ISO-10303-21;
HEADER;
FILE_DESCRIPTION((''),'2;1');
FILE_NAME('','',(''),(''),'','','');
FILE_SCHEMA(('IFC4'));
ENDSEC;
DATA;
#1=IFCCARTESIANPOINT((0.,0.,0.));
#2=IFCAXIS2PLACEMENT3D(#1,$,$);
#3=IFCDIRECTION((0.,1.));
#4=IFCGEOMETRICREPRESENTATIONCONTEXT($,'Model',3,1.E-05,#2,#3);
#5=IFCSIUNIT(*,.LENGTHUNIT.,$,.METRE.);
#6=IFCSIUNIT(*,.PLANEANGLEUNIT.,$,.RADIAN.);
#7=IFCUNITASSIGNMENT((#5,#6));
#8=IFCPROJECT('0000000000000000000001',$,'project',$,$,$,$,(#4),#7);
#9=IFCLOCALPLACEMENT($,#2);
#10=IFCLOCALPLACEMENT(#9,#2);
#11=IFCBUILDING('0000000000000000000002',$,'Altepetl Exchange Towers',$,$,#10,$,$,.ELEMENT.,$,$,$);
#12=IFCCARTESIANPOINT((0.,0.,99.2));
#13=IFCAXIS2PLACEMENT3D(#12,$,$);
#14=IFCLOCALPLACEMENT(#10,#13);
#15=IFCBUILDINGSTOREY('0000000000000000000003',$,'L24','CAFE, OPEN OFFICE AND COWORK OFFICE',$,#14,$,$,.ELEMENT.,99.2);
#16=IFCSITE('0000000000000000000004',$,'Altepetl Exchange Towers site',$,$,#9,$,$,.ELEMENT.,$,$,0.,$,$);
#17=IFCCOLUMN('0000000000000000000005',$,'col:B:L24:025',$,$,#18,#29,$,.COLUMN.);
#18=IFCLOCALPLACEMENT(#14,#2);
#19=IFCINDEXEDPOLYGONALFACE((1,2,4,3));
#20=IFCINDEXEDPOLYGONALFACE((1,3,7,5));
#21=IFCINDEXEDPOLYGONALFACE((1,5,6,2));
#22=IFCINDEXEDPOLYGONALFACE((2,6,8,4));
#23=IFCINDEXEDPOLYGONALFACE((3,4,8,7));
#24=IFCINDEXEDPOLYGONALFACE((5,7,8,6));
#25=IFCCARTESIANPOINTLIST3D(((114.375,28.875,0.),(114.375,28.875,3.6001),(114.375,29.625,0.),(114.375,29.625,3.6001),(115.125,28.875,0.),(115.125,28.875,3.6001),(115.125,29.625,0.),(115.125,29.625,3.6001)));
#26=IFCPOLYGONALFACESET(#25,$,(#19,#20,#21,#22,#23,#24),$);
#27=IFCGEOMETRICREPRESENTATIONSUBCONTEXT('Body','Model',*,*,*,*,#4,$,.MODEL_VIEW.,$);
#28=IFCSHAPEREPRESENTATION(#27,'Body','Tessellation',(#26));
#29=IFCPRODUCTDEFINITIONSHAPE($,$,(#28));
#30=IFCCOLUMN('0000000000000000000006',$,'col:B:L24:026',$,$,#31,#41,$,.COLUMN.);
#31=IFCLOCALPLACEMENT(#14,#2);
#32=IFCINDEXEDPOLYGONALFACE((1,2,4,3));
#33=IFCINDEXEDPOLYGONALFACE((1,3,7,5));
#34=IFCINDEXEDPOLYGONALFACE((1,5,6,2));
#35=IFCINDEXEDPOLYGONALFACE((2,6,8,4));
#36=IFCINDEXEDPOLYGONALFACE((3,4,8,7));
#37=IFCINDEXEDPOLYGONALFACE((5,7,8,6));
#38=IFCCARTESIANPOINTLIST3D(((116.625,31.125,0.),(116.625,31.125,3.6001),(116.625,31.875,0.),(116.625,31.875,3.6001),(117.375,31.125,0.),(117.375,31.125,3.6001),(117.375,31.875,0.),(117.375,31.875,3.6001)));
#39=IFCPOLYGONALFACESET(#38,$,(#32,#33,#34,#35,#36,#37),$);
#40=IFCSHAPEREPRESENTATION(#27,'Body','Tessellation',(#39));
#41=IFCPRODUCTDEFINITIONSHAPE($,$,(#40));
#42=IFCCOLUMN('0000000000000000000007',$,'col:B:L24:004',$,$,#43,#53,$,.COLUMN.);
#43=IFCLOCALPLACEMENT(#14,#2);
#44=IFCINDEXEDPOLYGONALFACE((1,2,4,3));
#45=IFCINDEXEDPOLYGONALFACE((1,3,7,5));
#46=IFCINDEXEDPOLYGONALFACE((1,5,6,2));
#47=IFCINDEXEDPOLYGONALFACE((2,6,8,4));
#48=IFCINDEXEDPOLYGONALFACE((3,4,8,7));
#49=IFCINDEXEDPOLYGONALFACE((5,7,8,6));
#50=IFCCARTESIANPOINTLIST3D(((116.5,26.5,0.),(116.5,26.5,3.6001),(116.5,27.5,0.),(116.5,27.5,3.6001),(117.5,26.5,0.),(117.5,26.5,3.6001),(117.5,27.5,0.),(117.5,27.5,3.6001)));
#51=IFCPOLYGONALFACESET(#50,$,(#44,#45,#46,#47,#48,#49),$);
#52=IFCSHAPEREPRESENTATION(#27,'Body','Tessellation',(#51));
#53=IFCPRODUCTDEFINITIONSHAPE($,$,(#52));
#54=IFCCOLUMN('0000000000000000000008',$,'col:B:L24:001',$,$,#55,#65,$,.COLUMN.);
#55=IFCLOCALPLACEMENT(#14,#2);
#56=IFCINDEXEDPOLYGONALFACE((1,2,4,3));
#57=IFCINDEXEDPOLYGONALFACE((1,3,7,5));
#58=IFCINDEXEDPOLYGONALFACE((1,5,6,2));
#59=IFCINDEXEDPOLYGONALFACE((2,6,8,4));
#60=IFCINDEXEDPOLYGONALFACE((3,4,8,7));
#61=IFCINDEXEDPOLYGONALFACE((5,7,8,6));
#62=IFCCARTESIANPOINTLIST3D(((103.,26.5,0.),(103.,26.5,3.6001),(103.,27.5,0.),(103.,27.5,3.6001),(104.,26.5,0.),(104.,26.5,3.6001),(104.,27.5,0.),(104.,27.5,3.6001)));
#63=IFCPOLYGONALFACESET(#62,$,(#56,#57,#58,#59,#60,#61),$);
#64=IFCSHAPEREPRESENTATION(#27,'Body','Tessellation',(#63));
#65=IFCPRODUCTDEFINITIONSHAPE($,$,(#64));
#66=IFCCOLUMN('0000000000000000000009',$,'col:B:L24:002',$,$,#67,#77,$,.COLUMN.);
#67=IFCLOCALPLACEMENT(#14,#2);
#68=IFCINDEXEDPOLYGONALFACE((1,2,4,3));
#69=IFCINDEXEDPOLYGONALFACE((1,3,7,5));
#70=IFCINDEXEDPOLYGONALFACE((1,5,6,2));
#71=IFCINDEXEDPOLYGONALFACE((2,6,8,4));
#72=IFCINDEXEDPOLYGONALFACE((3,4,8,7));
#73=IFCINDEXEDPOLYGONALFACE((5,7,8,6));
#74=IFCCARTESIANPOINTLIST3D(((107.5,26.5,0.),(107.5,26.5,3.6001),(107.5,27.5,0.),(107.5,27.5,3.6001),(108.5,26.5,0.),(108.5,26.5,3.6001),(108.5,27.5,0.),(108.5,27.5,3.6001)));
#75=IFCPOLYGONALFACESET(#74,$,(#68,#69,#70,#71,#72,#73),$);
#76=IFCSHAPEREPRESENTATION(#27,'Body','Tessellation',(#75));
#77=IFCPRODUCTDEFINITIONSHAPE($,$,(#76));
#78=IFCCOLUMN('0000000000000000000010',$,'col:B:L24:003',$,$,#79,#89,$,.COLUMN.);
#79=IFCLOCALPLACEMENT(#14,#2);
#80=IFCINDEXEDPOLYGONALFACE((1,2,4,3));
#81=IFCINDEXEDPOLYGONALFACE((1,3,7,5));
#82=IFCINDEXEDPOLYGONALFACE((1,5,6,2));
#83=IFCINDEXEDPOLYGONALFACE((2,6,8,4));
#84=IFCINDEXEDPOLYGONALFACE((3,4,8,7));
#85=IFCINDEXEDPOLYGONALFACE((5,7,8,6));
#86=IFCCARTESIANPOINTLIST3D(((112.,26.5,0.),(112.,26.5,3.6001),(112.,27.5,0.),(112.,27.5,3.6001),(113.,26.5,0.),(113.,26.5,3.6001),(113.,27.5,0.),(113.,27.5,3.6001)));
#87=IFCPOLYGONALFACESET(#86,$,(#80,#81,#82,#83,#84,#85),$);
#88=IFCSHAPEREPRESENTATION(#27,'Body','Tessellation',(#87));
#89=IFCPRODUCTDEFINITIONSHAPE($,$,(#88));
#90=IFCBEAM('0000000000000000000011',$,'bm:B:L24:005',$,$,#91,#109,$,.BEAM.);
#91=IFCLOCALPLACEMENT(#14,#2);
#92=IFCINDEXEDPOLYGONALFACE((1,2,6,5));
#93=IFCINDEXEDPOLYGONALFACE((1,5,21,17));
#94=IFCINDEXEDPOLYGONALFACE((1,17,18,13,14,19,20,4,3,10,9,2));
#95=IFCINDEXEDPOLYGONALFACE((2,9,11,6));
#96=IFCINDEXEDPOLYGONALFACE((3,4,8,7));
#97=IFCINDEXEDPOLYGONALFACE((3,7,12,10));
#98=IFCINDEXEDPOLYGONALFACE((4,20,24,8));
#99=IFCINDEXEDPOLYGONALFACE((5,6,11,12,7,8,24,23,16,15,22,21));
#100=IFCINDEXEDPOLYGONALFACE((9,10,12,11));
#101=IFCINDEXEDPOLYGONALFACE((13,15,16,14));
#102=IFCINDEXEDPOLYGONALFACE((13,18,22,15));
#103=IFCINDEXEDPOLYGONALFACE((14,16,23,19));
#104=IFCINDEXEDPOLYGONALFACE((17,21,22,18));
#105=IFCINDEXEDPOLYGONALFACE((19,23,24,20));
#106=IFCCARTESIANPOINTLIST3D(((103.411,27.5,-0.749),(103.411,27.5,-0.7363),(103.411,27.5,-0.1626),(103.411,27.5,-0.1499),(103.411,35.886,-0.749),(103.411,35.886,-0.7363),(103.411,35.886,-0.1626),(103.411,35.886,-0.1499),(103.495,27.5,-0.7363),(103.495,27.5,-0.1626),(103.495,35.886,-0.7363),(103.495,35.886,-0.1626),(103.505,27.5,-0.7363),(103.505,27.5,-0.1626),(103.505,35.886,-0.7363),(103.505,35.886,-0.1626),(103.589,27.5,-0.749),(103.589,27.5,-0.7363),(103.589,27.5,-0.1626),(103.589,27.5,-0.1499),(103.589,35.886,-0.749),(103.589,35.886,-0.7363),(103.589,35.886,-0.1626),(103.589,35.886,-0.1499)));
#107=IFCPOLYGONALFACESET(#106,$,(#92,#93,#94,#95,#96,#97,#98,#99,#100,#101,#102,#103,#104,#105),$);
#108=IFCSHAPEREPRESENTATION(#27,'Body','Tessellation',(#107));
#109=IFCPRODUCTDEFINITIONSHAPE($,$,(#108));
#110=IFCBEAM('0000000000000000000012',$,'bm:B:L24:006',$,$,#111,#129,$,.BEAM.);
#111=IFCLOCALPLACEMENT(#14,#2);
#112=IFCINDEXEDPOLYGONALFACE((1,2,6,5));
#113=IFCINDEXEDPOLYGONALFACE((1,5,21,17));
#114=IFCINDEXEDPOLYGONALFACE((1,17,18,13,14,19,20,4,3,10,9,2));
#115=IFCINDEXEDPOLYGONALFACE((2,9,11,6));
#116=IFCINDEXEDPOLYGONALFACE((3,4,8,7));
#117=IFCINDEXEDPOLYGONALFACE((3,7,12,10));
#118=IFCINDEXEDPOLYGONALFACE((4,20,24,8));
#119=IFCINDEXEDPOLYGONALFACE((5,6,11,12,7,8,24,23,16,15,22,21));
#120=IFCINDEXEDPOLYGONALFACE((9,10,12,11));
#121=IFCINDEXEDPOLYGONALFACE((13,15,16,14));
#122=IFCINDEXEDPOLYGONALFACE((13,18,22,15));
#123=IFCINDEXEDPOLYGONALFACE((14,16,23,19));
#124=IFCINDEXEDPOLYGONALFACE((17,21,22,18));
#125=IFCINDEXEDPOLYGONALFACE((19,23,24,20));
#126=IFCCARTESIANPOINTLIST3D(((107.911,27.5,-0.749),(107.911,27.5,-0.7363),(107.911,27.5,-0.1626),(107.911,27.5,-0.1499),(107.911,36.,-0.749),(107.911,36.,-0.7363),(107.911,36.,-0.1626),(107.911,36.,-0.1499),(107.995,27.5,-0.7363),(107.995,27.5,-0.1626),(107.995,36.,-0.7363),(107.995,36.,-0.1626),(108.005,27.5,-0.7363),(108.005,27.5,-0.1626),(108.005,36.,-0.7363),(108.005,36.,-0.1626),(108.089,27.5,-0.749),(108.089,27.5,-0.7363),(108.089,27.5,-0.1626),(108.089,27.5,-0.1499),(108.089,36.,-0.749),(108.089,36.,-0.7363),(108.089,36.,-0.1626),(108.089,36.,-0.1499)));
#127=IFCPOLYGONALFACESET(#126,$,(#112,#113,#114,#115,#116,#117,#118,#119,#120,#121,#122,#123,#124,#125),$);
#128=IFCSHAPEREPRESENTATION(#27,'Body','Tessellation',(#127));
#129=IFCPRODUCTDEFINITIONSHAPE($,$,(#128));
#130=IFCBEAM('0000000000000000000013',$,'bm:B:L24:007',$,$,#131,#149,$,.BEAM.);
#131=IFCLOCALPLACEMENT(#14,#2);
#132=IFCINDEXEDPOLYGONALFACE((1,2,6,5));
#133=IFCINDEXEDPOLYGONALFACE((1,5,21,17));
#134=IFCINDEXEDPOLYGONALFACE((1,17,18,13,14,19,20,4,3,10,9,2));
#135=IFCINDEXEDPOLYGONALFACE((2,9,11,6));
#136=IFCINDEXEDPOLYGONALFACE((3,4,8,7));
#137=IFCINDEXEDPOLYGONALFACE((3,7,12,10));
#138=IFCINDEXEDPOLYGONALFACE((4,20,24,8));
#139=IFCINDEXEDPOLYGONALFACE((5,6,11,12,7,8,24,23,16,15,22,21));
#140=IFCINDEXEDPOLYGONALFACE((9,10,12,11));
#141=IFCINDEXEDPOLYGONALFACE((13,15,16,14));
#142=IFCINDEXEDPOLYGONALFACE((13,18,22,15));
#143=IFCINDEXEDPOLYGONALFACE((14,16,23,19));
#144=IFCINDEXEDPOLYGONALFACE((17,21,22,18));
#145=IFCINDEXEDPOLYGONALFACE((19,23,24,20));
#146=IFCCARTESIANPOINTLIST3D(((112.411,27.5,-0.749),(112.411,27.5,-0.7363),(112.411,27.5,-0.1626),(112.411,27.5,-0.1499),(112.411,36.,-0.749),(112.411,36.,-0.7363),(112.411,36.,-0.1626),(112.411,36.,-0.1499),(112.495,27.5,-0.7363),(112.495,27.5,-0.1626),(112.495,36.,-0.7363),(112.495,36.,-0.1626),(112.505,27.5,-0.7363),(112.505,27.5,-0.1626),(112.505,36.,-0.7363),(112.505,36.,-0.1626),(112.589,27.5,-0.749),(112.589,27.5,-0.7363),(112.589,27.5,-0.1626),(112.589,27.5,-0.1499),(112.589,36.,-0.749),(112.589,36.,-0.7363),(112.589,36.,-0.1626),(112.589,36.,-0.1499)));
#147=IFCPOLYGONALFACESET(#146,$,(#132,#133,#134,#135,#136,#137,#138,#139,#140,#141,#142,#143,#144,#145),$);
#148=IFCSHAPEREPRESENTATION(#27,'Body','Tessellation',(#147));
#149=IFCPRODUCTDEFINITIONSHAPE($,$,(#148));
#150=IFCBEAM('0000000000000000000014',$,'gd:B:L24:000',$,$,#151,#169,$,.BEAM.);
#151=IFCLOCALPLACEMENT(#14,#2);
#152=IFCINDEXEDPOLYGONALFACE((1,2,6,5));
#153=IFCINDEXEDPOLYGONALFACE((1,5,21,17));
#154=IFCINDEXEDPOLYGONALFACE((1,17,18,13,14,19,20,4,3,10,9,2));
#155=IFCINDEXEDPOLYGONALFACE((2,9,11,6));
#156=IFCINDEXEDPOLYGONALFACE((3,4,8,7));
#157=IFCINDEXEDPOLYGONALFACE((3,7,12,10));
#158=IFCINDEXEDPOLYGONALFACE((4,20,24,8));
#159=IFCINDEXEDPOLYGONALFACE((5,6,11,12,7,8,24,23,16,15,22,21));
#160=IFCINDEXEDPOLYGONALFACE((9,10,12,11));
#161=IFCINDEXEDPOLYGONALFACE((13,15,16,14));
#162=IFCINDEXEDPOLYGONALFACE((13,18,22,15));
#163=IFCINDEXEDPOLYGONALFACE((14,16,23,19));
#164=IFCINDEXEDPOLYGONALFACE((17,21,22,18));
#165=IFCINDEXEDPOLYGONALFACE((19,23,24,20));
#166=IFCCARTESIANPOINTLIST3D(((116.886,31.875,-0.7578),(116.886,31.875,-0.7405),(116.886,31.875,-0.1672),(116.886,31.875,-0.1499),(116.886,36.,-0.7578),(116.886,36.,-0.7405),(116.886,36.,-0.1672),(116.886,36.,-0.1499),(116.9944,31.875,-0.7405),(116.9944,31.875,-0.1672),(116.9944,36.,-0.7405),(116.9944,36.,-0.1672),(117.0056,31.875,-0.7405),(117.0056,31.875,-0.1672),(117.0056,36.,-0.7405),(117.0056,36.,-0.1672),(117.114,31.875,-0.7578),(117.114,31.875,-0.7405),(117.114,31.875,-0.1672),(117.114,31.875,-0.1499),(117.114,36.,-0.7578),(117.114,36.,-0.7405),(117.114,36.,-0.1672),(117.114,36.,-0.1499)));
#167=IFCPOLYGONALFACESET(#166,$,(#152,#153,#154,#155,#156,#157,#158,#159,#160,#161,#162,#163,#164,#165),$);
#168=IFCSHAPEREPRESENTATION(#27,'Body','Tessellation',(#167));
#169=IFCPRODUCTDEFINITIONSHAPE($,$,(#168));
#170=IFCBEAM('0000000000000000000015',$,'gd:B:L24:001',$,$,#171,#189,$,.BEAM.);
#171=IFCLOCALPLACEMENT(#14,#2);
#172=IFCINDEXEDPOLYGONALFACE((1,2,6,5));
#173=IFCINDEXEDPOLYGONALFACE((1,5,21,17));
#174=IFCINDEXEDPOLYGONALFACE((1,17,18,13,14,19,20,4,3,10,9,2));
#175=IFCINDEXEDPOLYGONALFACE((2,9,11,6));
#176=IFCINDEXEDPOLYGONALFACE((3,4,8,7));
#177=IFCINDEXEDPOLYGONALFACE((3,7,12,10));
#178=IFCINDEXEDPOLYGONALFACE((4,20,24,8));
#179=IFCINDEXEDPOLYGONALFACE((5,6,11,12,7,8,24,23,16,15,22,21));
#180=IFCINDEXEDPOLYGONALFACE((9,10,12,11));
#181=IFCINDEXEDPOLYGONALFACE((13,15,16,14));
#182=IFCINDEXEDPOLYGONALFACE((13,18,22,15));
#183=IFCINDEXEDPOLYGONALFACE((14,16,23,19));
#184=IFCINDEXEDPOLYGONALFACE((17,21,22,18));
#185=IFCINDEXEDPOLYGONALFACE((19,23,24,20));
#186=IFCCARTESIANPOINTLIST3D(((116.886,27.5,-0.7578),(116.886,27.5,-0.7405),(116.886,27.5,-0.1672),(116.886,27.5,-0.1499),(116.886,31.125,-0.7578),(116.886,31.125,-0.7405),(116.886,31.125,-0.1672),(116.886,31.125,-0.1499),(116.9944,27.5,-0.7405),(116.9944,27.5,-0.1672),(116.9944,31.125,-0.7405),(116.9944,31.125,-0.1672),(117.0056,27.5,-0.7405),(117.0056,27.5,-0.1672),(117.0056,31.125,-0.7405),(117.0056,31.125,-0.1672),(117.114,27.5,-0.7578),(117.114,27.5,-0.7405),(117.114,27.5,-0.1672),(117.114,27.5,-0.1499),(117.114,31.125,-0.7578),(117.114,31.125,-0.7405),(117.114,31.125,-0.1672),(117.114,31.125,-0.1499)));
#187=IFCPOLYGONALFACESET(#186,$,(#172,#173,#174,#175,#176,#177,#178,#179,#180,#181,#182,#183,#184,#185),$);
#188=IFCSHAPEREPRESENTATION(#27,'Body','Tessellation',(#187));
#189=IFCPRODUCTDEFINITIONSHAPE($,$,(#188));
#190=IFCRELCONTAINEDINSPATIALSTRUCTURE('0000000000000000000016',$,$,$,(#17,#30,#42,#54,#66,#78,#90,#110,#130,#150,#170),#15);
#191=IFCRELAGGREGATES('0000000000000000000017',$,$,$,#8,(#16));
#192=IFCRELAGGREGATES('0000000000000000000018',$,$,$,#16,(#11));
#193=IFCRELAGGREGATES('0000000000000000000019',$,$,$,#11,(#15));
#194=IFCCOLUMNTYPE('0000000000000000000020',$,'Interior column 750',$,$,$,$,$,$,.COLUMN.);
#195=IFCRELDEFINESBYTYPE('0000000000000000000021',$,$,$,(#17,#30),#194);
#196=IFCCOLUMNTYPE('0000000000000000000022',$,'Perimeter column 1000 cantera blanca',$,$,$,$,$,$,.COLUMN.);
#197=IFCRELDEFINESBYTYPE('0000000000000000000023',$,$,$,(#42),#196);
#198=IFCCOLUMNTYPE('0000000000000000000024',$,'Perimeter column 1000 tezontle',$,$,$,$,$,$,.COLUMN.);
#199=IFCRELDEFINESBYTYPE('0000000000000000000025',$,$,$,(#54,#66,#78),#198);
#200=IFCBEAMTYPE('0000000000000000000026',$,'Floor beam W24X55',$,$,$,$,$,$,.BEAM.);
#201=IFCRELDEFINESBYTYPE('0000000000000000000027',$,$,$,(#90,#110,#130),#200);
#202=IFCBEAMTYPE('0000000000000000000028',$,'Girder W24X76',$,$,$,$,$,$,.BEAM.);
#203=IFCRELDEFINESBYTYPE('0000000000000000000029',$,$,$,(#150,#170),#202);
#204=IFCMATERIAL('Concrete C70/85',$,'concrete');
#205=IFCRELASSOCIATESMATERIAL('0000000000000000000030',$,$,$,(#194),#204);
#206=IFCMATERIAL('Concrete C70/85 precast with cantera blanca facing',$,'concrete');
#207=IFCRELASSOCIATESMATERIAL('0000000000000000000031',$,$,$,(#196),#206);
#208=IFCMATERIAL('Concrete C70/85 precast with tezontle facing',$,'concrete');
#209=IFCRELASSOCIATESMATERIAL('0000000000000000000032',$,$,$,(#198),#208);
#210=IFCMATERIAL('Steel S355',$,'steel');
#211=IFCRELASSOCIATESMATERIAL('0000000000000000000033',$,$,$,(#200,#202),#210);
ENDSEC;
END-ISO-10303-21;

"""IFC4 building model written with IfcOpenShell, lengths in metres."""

from ifc_helpers import new_model, si_unit, direction, frame, origin, origin_2d, place, context, subcontext, project, spatial, rectangle, i_section, extrude, material, material_profile, profile_set, type_object, element, save


model = new_model("IFC4")

# Units and contexts
model_context = context("Model", 3, precision=1e-05, world=origin(), true_north=direction((0.0, 1.0)))
body_context = subcontext(model_context, "Body", "Model", "MODEL_VIEW")
ifc_project = project(units=[si_unit("LENGTHUNIT", "METRE"), si_unit("PLANEANGLEUNIT", "RADIAN")], contexts=[model_context])

# Site, building, storey
site_placement = place(None, origin())
site = spatial("IfcSite", under=ifc_project, at=site_placement, Name="Altepetl Exchange Towers site", CompositionType="ELEMENT", RefElevation=0.0)
building_placement = place(site_placement, origin())
building = spatial("IfcBuilding", under=site, at=building_placement, Name="Altepetl Exchange Towers", CompositionType="ELEMENT")
storey_placement = place(building_placement, frame((0.0, 0.0, 99.2)))
storey = spatial("IfcBuildingStorey", under=building, at=storey_placement, Name="L24", Description="CAFE, OPEN OFFICE AND COWORK OFFICE", CompositionType="ELEMENT", Elevation=99.2)

# Columns
ifc_material_1 = material(Name="Concrete C70/85", Category="concrete")
ifc_material_profile_1 = material_profile(ifc_material_1, rectangle(XDim=0.75, YDim=0.75, at=origin_2d()), Name="750 x 750")
ifc_profile_set_1 = profile_set([ifc_material_profile_1], Name="Concrete C70/85")
column_type_1 = type_object("IfcColumnType", Name="Interior column 750", PredefinedType="COLUMN", material=ifc_profile_set_1)
for number, where, name in (
    (1, (114.75, 29.25, 0.0), "col:B:L24:025"),
    (2, (117.0, 31.5, 0.0), "col:B:L24:026"),
):
    element("IfcColumn", number, at=place(storey_placement, frame(where)), inside=storey, type_object=column_type_1, Name=name, PredefinedType="COLUMN", context=body_context, shape_type="SweptSolid", body=[
        extrude(rectangle(XDim=0.75, YDim=0.75, at=origin_2d()), origin(), (0.0, 0.0, 1.0), 3.6001),
    ])
ifc_material_2 = material(Name="Concrete C70/85 precast with cantera blanca facing", Category="concrete")
ifc_material_profile_2 = material_profile(ifc_material_2, rectangle(XDim=1.0, YDim=1.0, at=origin_2d()), Name="1000 x 1000")
ifc_profile_set_2 = profile_set([ifc_material_profile_2], Name="Concrete C70/85 precast with cantera blanca facing")
column_type_2 = type_object("IfcColumnType", Name="Perimeter column 1000 cantera blanca", PredefinedType="COLUMN", material=ifc_profile_set_2)
column_placement = place(storey_placement, frame((117.0, 27.0, 0.0)))
element("IfcColumn", 3, at=column_placement, inside=storey, type_object=column_type_2, Name="col:B:L24:004", PredefinedType="COLUMN", context=body_context, shape_type="SweptSolid", body=[
    extrude(rectangle(XDim=1.0, YDim=1.0, at=origin_2d()), origin(), (0.0, 0.0, 1.0), 3.6001),
])
ifc_material_3 = material(Name="Concrete C70/85 precast with tezontle facing", Category="concrete")
ifc_material_profile_3 = material_profile(ifc_material_3, rectangle(XDim=1.0, YDim=1.0, at=origin_2d()), Name="1000 x 1000")
ifc_profile_set_3 = profile_set([ifc_material_profile_3], Name="Concrete C70/85 precast with tezontle facing")
column_type_3 = type_object("IfcColumnType", Name="Perimeter column 1000 tezontle", PredefinedType="COLUMN", material=ifc_profile_set_3)
for number, where, name in (
    (4, (103.5, 27.0, 0.0), "col:B:L24:001"),
    (5, (108.0, 27.0, 0.0), "col:B:L24:002"),
    (6, (112.5, 27.0, 0.0), "col:B:L24:003"),
):
    element("IfcColumn", number, at=place(storey_placement, frame(where)), inside=storey, type_object=column_type_3, Name=name, PredefinedType="COLUMN", context=body_context, shape_type="SweptSolid", body=[
        extrude(rectangle(XDim=1.0, YDim=1.0, at=origin_2d()), origin(), (0.0, 0.0, 1.0), 3.6001),
    ])

# Beams
ifc_material_4 = material(Name="Steel S355", Category="steel")
ifc_material_profile_4 = material_profile(ifc_material_4, i_section(OverallWidth=0.178, OverallDepth=0.5991, WebThickness=0.01, FlangeThickness=0.0127, at=origin_2d()), Name="W24X55")
ifc_profile_set_4 = profile_set([ifc_material_profile_4], Name="Steel S355")
beam_type_1 = type_object("IfcBeamType", Name="Floor beam W24X55", PredefinedType="BEAM", material=ifc_profile_set_4)
beam_1_placement = place(storey_placement, frame((103.5, 27.5, -0.4495), z_axis=(0.0, 1.0, 0.0), x_axis=(-1.0, 0.0, 0.0)))
element("IfcBeam", 7, at=beam_1_placement, inside=storey, type_object=beam_type_1, Name="bm:B:L24:005", PredefinedType="BEAM", context=body_context, shape_type="SweptSolid", body=[
    extrude(i_section(OverallWidth=0.178, OverallDepth=0.5991, WebThickness=0.01, FlangeThickness=0.0127, at=origin_2d()), origin(), (0.0, 0.0, 1.0), 8.386),
])
for number, where, z_axis, x_axis, name in (
    (8, (108.0, 27.5, -0.4495), (0.0, 1.0, 0.0), (-1.0, 0.0, 0.0), "bm:B:L24:006"),
    (9, (112.5, 27.5, -0.4495), (0.0, 1.0, 0.0), (-1.0, 0.0, 0.0), "bm:B:L24:007"),
):
    element("IfcBeam", number, at=place(storey_placement, frame(where, z_axis=z_axis, x_axis=x_axis)), inside=storey, type_object=beam_type_1, Name=name, PredefinedType="BEAM", context=body_context, shape_type="SweptSolid", body=[
        extrude(i_section(OverallWidth=0.178, OverallDepth=0.5991, WebThickness=0.01, FlangeThickness=0.0127, at=origin_2d()), origin(), (0.0, 0.0, 1.0), 8.5),
    ])
ifc_material_profile_5 = material_profile(ifc_material_4, i_section(OverallWidth=0.228, OverallDepth=0.6079, WebThickness=0.0112, FlangeThickness=0.0173, at=origin_2d()), Name="W24X76")
ifc_profile_set_5 = profile_set([ifc_material_profile_5], Name="Steel S355")
beam_type_2 = type_object("IfcBeamType", Name="Girder W24X76", PredefinedType="BEAM", material=ifc_profile_set_5)
beam_2_placement = place(storey_placement, frame((117.0, 36.0, -0.4539), z_axis=(0.0, -1.0, 0.0), x_axis=(1.0, 0.0, 0.0)))
element("IfcBeam", 10, at=beam_2_placement, inside=storey, type_object=beam_type_2, Name="gd:B:L24:000", PredefinedType="BEAM", context=body_context, shape_type="SweptSolid", body=[
    extrude(i_section(OverallWidth=0.228, OverallDepth=0.6079, WebThickness=0.0112, FlangeThickness=0.0173, at=origin_2d()), origin(), (0.0, 0.0, 1.0), 4.125),
])
beam_3_placement = place(storey_placement, frame((117.0, 31.125, -0.4539), z_axis=(0.0, -1.0, 0.0), x_axis=(1.0, 0.0, 0.0)))
element("IfcBeam", 11, at=beam_3_placement, inside=storey, type_object=beam_type_2, Name="gd:B:L24:001", PredefinedType="BEAM", context=body_context, shape_type="SweptSolid", body=[
    extrude(i_section(OverallWidth=0.228, OverallDepth=0.6079, WebThickness=0.0112, FlangeThickness=0.0173, at=origin_2d()), origin(), (0.0, 0.0, 1.0), 3.625),
])

save(model, "model.ifc")
